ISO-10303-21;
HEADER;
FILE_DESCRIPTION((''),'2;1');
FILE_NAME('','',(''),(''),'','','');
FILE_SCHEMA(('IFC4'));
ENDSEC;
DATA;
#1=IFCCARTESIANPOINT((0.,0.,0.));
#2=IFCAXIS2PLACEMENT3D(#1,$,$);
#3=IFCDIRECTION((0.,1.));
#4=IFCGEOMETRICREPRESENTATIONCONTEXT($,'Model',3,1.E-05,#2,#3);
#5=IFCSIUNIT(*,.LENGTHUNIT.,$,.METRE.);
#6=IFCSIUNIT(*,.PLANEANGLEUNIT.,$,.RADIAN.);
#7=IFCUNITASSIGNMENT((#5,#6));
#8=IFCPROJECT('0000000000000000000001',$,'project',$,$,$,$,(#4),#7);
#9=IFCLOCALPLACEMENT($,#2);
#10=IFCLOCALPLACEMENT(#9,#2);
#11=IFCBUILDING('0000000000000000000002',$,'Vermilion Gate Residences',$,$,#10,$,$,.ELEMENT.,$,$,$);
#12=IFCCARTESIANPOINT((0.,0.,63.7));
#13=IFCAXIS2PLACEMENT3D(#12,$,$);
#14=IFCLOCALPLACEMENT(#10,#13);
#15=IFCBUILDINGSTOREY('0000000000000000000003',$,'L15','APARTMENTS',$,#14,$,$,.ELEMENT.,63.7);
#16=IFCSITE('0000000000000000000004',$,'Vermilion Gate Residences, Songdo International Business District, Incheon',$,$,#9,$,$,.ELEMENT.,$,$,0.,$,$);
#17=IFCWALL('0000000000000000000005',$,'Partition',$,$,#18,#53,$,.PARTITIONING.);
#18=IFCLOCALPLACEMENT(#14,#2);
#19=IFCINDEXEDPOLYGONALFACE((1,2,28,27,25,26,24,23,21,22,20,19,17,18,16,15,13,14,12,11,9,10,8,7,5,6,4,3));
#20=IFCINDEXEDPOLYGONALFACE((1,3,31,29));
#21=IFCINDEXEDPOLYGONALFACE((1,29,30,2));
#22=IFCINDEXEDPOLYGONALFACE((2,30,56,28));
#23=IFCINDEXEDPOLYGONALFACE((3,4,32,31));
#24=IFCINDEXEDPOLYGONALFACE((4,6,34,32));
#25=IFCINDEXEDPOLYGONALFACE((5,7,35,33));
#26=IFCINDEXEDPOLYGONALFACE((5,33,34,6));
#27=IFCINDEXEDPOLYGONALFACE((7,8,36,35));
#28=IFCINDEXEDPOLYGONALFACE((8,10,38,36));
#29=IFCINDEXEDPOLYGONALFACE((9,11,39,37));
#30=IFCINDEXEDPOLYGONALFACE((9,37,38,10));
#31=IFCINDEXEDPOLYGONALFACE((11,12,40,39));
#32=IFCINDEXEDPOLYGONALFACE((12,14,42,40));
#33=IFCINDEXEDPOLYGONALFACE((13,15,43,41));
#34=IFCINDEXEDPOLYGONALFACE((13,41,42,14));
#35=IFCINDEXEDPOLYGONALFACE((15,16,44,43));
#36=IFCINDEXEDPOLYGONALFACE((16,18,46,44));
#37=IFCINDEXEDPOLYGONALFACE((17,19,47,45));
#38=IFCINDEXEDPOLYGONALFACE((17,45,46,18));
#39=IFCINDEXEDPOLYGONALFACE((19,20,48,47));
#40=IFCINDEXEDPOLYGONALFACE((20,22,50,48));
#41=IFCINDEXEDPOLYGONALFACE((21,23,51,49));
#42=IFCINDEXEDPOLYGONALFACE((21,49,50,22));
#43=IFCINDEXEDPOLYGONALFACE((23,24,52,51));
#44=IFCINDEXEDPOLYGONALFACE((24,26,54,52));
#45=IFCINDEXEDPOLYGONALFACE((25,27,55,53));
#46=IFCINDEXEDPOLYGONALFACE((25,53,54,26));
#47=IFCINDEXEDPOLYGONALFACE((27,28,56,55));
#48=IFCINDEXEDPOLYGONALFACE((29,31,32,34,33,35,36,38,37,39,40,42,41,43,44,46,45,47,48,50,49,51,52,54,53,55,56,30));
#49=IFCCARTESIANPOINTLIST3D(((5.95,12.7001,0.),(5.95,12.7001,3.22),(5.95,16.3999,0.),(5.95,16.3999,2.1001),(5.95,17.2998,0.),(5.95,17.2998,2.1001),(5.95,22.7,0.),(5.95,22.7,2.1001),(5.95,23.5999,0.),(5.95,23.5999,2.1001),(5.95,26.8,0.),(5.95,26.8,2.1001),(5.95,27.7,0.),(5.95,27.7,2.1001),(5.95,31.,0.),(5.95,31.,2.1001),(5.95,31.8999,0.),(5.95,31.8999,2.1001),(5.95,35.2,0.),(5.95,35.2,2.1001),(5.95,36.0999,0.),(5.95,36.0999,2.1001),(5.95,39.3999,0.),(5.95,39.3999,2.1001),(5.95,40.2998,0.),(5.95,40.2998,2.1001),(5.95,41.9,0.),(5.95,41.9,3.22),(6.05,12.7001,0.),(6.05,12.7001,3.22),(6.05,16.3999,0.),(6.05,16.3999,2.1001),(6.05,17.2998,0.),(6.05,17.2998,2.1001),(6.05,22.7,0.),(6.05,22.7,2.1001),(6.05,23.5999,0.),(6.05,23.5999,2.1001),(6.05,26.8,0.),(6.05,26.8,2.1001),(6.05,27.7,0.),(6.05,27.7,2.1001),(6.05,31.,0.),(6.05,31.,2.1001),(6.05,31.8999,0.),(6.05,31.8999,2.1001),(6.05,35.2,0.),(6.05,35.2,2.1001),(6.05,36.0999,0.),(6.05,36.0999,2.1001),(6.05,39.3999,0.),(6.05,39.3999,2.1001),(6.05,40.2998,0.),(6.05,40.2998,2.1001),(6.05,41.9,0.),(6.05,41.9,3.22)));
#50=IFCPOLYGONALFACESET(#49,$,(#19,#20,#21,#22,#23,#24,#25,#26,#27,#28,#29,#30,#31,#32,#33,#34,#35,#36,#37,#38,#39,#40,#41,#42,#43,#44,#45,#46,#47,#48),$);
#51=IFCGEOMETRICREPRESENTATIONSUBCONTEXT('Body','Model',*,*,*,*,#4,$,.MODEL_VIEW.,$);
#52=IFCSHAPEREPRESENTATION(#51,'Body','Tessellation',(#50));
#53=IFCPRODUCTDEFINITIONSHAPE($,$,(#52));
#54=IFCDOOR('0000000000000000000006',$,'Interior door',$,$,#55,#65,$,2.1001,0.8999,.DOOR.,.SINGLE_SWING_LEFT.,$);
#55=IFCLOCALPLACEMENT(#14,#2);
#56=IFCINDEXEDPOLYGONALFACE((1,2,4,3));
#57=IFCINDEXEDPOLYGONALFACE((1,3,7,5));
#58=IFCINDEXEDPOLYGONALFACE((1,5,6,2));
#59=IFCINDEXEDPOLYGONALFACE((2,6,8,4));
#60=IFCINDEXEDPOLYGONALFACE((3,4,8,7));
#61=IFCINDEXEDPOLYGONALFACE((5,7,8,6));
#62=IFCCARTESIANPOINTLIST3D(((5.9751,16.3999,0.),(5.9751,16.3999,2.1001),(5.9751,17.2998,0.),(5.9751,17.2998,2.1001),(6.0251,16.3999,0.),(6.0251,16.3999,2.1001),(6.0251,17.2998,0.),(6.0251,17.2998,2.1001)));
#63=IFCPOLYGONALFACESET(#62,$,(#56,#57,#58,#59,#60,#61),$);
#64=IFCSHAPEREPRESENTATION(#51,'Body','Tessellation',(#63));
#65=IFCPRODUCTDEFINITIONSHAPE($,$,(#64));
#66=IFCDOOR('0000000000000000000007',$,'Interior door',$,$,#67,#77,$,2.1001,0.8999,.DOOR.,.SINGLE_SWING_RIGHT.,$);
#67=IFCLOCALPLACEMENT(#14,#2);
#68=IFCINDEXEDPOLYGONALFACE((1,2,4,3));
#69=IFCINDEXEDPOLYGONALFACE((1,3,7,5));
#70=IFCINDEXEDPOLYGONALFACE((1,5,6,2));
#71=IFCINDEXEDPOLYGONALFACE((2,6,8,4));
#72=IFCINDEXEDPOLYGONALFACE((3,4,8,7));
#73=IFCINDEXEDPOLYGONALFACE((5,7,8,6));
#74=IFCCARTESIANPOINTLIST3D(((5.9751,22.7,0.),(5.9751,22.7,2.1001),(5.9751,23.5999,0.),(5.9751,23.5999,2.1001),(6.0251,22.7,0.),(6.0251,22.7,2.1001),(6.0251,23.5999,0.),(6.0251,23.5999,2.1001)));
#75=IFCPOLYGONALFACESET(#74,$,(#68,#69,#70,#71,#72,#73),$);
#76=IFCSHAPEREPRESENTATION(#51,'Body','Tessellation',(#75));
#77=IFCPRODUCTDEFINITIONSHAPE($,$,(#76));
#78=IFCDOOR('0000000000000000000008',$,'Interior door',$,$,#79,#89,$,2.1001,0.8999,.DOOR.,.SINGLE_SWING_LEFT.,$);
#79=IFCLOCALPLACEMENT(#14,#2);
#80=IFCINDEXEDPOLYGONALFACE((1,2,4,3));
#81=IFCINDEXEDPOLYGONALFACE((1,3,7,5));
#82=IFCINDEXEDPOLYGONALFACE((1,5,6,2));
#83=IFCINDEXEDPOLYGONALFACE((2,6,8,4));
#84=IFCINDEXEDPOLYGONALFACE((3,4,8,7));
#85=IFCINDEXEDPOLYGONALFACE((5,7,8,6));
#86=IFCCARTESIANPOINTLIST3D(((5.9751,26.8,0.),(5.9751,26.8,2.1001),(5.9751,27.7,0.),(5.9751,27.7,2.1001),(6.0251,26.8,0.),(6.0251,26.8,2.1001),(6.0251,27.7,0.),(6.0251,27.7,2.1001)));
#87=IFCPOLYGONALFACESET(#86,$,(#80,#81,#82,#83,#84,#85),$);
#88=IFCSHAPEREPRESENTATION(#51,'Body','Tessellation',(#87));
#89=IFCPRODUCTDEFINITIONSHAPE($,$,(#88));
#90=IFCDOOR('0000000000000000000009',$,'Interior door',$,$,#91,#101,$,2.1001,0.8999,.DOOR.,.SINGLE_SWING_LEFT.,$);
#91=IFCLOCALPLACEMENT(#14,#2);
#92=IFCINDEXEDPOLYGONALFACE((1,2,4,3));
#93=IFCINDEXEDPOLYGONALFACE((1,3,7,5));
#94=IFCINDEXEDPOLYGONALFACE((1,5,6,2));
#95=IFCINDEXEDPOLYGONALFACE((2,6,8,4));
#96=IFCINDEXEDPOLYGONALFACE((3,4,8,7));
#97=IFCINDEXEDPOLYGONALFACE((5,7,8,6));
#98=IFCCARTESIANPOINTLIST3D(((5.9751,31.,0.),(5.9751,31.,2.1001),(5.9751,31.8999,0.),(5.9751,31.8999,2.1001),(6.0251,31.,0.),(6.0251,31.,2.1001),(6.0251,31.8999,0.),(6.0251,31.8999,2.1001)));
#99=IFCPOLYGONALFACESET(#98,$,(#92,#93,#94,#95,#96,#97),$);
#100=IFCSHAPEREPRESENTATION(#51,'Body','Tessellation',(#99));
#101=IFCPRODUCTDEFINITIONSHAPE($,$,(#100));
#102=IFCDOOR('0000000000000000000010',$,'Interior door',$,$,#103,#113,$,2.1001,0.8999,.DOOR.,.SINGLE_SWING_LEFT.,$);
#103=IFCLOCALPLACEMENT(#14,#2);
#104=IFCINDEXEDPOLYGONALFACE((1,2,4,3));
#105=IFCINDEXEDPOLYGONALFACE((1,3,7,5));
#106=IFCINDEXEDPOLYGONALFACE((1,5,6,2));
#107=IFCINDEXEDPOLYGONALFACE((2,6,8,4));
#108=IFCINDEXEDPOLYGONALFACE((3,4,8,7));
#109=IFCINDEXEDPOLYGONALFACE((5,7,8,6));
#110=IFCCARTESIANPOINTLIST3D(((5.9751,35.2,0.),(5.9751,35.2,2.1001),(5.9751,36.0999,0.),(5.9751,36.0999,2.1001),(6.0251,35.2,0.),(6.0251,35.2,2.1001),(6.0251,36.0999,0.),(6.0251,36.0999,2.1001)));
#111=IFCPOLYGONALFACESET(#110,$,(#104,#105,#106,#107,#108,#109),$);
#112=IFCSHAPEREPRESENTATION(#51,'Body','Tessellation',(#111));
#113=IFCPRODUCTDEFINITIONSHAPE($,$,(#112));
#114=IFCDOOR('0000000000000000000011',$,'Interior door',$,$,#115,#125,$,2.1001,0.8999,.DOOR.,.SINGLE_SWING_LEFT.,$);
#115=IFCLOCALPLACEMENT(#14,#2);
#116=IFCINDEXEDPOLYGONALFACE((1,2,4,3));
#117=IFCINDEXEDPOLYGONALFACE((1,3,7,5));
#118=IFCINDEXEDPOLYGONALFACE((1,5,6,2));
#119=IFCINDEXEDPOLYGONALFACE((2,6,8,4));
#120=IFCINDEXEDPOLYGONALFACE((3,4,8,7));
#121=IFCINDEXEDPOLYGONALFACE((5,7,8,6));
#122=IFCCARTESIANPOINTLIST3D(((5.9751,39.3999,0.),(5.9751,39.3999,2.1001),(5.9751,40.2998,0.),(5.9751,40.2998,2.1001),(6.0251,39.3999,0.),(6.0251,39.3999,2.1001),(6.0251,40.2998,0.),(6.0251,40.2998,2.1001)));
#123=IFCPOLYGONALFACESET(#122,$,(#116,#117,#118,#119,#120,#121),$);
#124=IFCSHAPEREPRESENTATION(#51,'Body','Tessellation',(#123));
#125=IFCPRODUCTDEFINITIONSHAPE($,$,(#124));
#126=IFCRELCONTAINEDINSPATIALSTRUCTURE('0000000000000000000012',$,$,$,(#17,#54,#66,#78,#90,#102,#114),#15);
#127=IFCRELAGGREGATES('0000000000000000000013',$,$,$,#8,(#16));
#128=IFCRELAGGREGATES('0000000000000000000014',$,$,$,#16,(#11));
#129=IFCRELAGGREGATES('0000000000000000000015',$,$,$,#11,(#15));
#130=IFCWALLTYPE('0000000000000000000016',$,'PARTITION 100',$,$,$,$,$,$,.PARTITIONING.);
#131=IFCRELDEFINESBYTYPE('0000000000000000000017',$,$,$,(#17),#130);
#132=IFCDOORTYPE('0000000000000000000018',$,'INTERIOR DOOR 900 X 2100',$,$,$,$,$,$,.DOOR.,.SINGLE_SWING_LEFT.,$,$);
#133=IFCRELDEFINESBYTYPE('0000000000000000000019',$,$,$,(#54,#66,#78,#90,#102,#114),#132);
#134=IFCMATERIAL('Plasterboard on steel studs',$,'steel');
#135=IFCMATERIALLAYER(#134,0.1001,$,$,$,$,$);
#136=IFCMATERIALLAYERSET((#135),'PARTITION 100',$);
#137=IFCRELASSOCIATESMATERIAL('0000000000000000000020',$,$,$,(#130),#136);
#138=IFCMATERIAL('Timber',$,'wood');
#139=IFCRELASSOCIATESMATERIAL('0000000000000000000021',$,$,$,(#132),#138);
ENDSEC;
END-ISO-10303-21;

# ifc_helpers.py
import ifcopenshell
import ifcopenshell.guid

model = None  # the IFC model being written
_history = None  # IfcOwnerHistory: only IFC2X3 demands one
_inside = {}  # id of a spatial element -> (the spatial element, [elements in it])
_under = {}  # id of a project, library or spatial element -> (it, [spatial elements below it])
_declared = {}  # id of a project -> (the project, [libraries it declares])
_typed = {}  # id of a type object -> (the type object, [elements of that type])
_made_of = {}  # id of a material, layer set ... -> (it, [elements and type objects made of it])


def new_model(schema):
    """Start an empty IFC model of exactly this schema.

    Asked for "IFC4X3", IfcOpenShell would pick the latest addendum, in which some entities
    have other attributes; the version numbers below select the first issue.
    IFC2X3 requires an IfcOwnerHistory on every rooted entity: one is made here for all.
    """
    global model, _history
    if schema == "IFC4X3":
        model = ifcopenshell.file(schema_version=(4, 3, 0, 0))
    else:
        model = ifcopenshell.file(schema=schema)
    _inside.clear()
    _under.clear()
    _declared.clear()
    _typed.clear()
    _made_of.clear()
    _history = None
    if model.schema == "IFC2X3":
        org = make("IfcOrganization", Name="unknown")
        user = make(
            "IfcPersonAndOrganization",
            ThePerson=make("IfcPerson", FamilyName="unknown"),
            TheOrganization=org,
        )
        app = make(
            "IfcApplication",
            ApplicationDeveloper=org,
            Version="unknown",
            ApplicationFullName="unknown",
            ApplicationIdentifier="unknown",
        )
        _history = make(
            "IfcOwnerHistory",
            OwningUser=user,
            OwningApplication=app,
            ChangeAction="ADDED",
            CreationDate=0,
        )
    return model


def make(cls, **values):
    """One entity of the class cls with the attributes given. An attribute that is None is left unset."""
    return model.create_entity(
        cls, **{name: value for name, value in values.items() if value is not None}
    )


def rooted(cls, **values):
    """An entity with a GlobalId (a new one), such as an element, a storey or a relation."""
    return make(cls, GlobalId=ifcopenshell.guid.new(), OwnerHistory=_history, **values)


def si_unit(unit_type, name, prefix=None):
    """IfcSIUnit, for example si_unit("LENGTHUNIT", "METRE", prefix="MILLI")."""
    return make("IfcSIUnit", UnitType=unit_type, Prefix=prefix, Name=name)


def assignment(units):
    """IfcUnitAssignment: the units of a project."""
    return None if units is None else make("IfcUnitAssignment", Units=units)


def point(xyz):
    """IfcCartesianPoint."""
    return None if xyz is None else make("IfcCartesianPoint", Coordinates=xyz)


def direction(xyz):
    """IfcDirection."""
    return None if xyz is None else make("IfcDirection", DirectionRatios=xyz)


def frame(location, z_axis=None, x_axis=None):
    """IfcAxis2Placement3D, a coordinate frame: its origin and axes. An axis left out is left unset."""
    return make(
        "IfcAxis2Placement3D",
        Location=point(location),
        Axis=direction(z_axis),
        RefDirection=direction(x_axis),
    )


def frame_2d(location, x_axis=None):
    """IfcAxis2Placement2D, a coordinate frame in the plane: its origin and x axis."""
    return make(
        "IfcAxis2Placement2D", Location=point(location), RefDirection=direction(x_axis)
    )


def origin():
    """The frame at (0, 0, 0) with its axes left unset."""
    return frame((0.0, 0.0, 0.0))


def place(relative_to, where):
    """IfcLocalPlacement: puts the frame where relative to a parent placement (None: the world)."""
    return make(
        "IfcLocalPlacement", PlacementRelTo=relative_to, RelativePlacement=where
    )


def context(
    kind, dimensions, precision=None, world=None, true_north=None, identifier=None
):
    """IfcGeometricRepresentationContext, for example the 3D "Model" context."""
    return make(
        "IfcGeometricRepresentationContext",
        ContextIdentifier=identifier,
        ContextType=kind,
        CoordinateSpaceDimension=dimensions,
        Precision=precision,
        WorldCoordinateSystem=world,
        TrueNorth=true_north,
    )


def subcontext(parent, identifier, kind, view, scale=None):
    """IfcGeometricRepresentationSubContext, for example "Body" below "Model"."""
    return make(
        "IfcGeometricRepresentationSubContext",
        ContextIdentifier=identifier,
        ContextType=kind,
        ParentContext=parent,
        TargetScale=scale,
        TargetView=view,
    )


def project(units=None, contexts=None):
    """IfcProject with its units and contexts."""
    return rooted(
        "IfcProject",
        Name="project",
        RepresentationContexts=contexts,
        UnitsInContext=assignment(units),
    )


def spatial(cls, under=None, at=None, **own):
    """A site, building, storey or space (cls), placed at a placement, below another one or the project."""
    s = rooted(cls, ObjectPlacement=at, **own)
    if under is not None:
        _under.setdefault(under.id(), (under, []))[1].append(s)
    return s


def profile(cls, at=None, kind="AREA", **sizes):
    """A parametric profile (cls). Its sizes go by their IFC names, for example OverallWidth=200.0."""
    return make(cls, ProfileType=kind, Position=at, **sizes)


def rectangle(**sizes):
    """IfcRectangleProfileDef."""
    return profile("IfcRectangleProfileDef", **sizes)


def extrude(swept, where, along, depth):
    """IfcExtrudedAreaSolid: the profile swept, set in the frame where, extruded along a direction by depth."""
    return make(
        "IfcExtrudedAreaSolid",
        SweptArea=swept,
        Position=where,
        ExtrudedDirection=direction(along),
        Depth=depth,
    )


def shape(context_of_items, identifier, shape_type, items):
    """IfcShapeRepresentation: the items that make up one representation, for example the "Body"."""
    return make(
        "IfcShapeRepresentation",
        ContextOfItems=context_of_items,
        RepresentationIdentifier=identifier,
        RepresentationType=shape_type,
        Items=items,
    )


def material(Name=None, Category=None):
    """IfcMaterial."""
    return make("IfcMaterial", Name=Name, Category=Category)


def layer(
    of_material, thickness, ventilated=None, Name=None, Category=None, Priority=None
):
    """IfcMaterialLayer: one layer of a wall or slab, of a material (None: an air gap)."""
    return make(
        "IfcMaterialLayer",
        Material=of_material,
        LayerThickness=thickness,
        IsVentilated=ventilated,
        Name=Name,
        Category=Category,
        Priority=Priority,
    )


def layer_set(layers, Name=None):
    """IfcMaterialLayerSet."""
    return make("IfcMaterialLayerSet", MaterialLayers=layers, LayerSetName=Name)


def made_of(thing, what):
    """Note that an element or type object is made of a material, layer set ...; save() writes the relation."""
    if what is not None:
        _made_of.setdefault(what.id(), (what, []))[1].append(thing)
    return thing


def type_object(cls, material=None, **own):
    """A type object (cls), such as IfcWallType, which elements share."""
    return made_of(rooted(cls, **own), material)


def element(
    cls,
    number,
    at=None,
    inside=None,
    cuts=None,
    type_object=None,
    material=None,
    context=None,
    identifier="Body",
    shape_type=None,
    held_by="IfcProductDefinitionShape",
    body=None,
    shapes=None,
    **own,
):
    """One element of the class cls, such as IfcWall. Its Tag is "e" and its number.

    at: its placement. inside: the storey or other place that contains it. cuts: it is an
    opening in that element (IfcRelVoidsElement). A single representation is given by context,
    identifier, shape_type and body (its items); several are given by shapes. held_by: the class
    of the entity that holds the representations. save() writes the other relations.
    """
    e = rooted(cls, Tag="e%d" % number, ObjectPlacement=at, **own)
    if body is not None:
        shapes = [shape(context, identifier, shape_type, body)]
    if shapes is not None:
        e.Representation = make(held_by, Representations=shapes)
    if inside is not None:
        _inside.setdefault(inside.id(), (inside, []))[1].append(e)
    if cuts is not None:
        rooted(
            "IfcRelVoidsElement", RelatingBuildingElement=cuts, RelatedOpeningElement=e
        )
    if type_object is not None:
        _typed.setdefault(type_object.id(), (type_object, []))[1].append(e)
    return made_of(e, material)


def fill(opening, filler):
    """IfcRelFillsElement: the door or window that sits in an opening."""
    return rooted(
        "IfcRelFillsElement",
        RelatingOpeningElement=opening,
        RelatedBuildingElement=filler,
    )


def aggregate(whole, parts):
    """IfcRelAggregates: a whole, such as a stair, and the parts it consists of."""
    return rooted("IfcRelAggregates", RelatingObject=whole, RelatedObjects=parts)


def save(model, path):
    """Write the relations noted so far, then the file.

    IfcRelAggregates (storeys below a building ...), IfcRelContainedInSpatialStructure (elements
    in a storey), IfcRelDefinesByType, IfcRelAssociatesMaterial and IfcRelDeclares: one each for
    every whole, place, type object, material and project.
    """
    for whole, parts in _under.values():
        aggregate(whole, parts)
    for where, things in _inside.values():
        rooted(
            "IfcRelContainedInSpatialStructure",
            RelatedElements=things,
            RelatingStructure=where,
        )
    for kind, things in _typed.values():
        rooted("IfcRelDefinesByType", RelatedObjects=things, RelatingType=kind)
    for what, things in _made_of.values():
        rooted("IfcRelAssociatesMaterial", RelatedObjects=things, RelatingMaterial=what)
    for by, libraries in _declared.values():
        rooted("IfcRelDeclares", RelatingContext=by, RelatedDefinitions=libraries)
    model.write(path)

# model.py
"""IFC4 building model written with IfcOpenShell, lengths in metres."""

from ifc_helpers import new_model, si_unit, direction, frame, frame_2d, origin, place, context, subcontext, project, spatial, rectangle, extrude, material, layer, layer_set, type_object, element, fill, save


model = new_model("IFC4")

# Units and contexts
model_context = context("Model", 3, precision=1e-05, world=origin(), true_north=direction((0.0, 1.0)))
body_context = subcontext(model_context, "Body", "Model", "MODEL_VIEW")
ifc_project = project(units=[si_unit("LENGTHUNIT", "METRE"), si_unit("PLANEANGLEUNIT", "RADIAN")], contexts=[model_context])

# Site, building, storey
site_placement = place(None, origin())
site = spatial("IfcSite", under=ifc_project, at=site_placement, Name="Vermilion Gate Residences, Songdo International Business District, Incheon", CompositionType="ELEMENT", RefElevation=0.0)
building_placement = place(site_placement, origin())
building = spatial("IfcBuilding", under=site, at=building_placement, Name="Vermilion Gate Residences", CompositionType="ELEMENT")
storey_placement = place(building_placement, frame((0.0, 0.0, 63.7)))
storey = spatial("IfcBuildingStorey", under=building, at=storey_placement, Name="L15", Description="APARTMENTS", CompositionType="ELEMENT", Elevation=63.7)

# Shared definitions
ifc_material_1 = material(Name="Plasterboard on steel studs", Category="steel")
ifc_layer_1 = layer(ifc_material_1, 0.1001)
ifc_layer_set_1 = layer_set([ifc_layer_1], Name="PARTITION 100")
wall_type_1 = type_object("IfcWallType", Name="PARTITION 100", PredefinedType="PARTITIONING", material=ifc_layer_set_1)

# Wall, openings, doors
wall_1_placement = place(storey_placement, frame((6.0, 12.7, 0.0), z_axis=(0.0, 0.0, 1.0), x_axis=(0.0, 1.0, 0.0)))
wall_1 = element("IfcWall", 1, at=wall_1_placement, inside=storey, type_object=wall_type_1, Name="Partition", PredefinedType="PARTITIONING", context=body_context, shape_type="SweptSolid", body=[
    extrude(rectangle(XDim=29.2, YDim=0.1001, at=frame_2d((14.6001, 0.0))), origin(), (0.0, 0.0, 1.0), 3.22),
])
opening_1_placement = place(wall_1_placement, frame((3.7, 0.0, 0.0)))
opening_1 = element("IfcOpeningElement", 2, at=opening_1_placement, cuts=wall_1, PredefinedType="OPENING", context=body_context, shape_type="SweptSolid", body=[
    extrude(rectangle(XDim=0.8999, YDim=2.1001, at=frame_2d((0.45, 1.05))), frame((0.0, 0.0601, 0.0), z_axis=(0.0, -1.0, 0.0), x_axis=(1.0, 0.0, 0.0)), (0.0, 0.0, 1.0), 0.1201),
])
opening_2_placement = place(wall_1_placement, frame((10.0, 0.0, 0.0)))
opening_2 = element("IfcOpeningElement", 3, at=opening_2_placement, cuts=wall_1, PredefinedType="OPENING", context=body_context, shape_type="SweptSolid", body=[
    extrude(rectangle(XDim=0.8999, YDim=2.1001, at=frame_2d((0.45, 1.05))), frame((0.0, 0.0601, 0.0), z_axis=(0.0, -1.0, 0.0), x_axis=(1.0, 0.0, 0.0)), (0.0, 0.0, 1.0), 0.1201),
])
opening_3_placement = place(wall_1_placement, frame((14.1001, 0.0, 0.0)))
opening_3 = element("IfcOpeningElement", 4, at=opening_3_placement, cuts=wall_1, PredefinedType="OPENING", context=body_context, shape_type="SweptSolid", body=[
    extrude(rectangle(XDim=0.8999, YDim=2.1001, at=frame_2d((0.45, 1.05))), frame((0.0, 0.0601, 0.0), z_axis=(0.0, -1.0, 0.0), x_axis=(1.0, 0.0, 0.0)), (0.0, 0.0, 1.0), 0.1201),
])
opening_4_placement = place(wall_1_placement, frame((18.3, 0.0, 0.0)))
opening_4 = element("IfcOpeningElement", 5, at=opening_4_placement, cuts=wall_1, PredefinedType="OPENING", context=body_context, shape_type="SweptSolid", body=[
    extrude(rectangle(XDim=0.8999, YDim=2.1001, at=frame_2d((0.45, 1.05))), frame((0.0, 0.0601, 0.0), z_axis=(0.0, -1.0, 0.0), x_axis=(1.0, 0.0, 0.0)), (0.0, 0.0, 1.0), 0.1201),
])
opening_5_placement = place(wall_1_placement, frame((22.5, 0.0, 0.0)))
opening_5 = element("IfcOpeningElement", 6, at=opening_5_placement, cuts=wall_1, PredefinedType="OPENING", context=body_context, shape_type="SweptSolid", body=[
    extrude(rectangle(XDim=0.8999, YDim=2.1001, at=frame_2d((0.45, 1.05))), frame((0.0, 0.0601, 0.0), z_axis=(0.0, -1.0, 0.0), x_axis=(1.0, 0.0, 0.0)), (0.0, 0.0, 1.0), 0.1201),
])
opening_6_placement = place(wall_1_placement, frame((26.7, 0.0, 0.0)))
opening_6 = element("IfcOpeningElement", 7, at=opening_6_placement, cuts=wall_1, PredefinedType="OPENING", context=body_context, shape_type="SweptSolid", body=[
    extrude(rectangle(XDim=0.8999, YDim=2.1001, at=frame_2d((0.45, 1.05))), frame((0.0, 0.0601, 0.0), z_axis=(0.0, -1.0, 0.0), x_axis=(1.0, 0.0, 0.0)), (0.0, 0.0, 1.0), 0.1201),
])
ifc_material_2 = material(Name="Timber", Category="wood")
door_type = type_object("IfcDoorType", Name="INTERIOR DOOR 900 X 2100", OperationType="SINGLE_SWING_LEFT", PredefinedType="DOOR", material=ifc_material_2)
door_1_placement = place(opening_1_placement, origin())
door_1 = element("IfcDoor", 8, at=door_1_placement, inside=storey, type_object=door_type, Name="Interior door", OperationType="SINGLE_SWING_LEFT", OverallHeight=2.1001, OverallWidth=0.8999, PredefinedType="DOOR", context=body_context, shape_type="SweptSolid", body=[
    extrude(rectangle(XDim=0.8999, YDim=2.1001, at=frame_2d((0.45, 1.05))), frame((0.0, 0.0249, 0.0), z_axis=(0.0, -1.0, 0.0), x_axis=(1.0, 0.0, 0.0)), (0.0, 0.0, 1.0), 0.05),
])
fill(opening_1, door_1)
door_2_placement = place(opening_2_placement, origin())
door_2 = element("IfcDoor", 9, at=door_2_placement, inside=storey, type_object=door_type, Name="Interior door", OperationType="SINGLE_SWING_RIGHT", OverallHeight=2.1001, OverallWidth=0.8999, PredefinedType="DOOR", context=body_context, shape_type="SweptSolid", body=[
    extrude(rectangle(XDim=0.8999, YDim=2.1001, at=frame_2d((0.45, 1.05))), frame((0.0, 0.0249, 0.0), z_axis=(0.0, -1.0, 0.0), x_axis=(1.0, 0.0, 0.0)), (0.0, 0.0, 1.0), 0.05),
])
fill(opening_2, door_2)
door_3_placement = place(opening_3_placement, origin())
door_3 = element("IfcDoor", 10, at=door_3_placement, inside=storey, type_object=door_type, Name="Interior door", OperationType="SINGLE_SWING_LEFT", OverallHeight=2.1001, OverallWidth=0.8999, PredefinedType="DOOR", context=body_context, shape_type="SweptSolid", body=[
    extrude(rectangle(XDim=0.8999, YDim=2.1001, at=frame_2d((0.45, 1.05))), frame((0.0, 0.0249, 0.0), z_axis=(0.0, -1.0, 0.0), x_axis=(1.0, 0.0, 0.0)), (0.0, 0.0, 1.0), 0.05),
])
fill(opening_3, door_3)
door_4_placement = place(opening_4_placement, origin())
door_4 = element("IfcDoor", 11, at=door_4_placement, inside=storey, type_object=door_type, Name="Interior door", OperationType="SINGLE_SWING_LEFT", OverallHeight=2.1001, OverallWidth=0.8999, PredefinedType="DOOR", context=body_context, shape_type="SweptSolid", body=[
    extrude(rectangle(XDim=0.8999, YDim=2.1001, at=frame_2d((0.45, 1.05))), frame((0.0, 0.0249, 0.0), z_axis=(0.0, -1.0, 0.0), x_axis=(1.0, 0.0, 0.0)), (0.0, 0.0, 1.0), 0.05),
])
fill(opening_4, door_4)
door_5_placement = place(opening_5_placement, origin())
door_5 = element("IfcDoor", 12, at=door_5_placement, inside=storey, type_object=door_type, Name="Interior door", OperationType="SINGLE_SWING_LEFT", OverallHeight=2.1001, OverallWidth=0.8999, PredefinedType="DOOR", context=body_context, shape_type="SweptSolid", body=[
    extrude(rectangle(XDim=0.8999, YDim=2.1001, at=frame_2d((0.45, 1.05))), frame((0.0, 0.0249, 0.0), z_axis=(0.0, -1.0, 0.0), x_axis=(1.0, 0.0, 0.0)), (0.0, 0.0, 1.0), 0.05),
])
fill(opening_5, door_5)
door_6_placement = place(opening_6_placement, origin())
door_6 = element("IfcDoor", 13, at=door_6_placement, inside=storey, type_object=door_type, Name="Interior door", OperationType="SINGLE_SWING_LEFT", OverallHeight=2.1001, OverallWidth=0.8999, PredefinedType="DOOR", context=body_context, shape_type="SweptSolid", body=[
    extrude(rectangle(XDim=0.8999, YDim=2.1001, at=frame_2d((0.45, 1.05))), frame((0.0, 0.0249, 0.0), z_axis=(0.0, -1.0, 0.0), x_axis=(1.0, 0.0, 0.0)), (0.0, 0.0, 1.0), 0.05),
])
fill(opening_6, door_6)

save(model, "model.ifc")
